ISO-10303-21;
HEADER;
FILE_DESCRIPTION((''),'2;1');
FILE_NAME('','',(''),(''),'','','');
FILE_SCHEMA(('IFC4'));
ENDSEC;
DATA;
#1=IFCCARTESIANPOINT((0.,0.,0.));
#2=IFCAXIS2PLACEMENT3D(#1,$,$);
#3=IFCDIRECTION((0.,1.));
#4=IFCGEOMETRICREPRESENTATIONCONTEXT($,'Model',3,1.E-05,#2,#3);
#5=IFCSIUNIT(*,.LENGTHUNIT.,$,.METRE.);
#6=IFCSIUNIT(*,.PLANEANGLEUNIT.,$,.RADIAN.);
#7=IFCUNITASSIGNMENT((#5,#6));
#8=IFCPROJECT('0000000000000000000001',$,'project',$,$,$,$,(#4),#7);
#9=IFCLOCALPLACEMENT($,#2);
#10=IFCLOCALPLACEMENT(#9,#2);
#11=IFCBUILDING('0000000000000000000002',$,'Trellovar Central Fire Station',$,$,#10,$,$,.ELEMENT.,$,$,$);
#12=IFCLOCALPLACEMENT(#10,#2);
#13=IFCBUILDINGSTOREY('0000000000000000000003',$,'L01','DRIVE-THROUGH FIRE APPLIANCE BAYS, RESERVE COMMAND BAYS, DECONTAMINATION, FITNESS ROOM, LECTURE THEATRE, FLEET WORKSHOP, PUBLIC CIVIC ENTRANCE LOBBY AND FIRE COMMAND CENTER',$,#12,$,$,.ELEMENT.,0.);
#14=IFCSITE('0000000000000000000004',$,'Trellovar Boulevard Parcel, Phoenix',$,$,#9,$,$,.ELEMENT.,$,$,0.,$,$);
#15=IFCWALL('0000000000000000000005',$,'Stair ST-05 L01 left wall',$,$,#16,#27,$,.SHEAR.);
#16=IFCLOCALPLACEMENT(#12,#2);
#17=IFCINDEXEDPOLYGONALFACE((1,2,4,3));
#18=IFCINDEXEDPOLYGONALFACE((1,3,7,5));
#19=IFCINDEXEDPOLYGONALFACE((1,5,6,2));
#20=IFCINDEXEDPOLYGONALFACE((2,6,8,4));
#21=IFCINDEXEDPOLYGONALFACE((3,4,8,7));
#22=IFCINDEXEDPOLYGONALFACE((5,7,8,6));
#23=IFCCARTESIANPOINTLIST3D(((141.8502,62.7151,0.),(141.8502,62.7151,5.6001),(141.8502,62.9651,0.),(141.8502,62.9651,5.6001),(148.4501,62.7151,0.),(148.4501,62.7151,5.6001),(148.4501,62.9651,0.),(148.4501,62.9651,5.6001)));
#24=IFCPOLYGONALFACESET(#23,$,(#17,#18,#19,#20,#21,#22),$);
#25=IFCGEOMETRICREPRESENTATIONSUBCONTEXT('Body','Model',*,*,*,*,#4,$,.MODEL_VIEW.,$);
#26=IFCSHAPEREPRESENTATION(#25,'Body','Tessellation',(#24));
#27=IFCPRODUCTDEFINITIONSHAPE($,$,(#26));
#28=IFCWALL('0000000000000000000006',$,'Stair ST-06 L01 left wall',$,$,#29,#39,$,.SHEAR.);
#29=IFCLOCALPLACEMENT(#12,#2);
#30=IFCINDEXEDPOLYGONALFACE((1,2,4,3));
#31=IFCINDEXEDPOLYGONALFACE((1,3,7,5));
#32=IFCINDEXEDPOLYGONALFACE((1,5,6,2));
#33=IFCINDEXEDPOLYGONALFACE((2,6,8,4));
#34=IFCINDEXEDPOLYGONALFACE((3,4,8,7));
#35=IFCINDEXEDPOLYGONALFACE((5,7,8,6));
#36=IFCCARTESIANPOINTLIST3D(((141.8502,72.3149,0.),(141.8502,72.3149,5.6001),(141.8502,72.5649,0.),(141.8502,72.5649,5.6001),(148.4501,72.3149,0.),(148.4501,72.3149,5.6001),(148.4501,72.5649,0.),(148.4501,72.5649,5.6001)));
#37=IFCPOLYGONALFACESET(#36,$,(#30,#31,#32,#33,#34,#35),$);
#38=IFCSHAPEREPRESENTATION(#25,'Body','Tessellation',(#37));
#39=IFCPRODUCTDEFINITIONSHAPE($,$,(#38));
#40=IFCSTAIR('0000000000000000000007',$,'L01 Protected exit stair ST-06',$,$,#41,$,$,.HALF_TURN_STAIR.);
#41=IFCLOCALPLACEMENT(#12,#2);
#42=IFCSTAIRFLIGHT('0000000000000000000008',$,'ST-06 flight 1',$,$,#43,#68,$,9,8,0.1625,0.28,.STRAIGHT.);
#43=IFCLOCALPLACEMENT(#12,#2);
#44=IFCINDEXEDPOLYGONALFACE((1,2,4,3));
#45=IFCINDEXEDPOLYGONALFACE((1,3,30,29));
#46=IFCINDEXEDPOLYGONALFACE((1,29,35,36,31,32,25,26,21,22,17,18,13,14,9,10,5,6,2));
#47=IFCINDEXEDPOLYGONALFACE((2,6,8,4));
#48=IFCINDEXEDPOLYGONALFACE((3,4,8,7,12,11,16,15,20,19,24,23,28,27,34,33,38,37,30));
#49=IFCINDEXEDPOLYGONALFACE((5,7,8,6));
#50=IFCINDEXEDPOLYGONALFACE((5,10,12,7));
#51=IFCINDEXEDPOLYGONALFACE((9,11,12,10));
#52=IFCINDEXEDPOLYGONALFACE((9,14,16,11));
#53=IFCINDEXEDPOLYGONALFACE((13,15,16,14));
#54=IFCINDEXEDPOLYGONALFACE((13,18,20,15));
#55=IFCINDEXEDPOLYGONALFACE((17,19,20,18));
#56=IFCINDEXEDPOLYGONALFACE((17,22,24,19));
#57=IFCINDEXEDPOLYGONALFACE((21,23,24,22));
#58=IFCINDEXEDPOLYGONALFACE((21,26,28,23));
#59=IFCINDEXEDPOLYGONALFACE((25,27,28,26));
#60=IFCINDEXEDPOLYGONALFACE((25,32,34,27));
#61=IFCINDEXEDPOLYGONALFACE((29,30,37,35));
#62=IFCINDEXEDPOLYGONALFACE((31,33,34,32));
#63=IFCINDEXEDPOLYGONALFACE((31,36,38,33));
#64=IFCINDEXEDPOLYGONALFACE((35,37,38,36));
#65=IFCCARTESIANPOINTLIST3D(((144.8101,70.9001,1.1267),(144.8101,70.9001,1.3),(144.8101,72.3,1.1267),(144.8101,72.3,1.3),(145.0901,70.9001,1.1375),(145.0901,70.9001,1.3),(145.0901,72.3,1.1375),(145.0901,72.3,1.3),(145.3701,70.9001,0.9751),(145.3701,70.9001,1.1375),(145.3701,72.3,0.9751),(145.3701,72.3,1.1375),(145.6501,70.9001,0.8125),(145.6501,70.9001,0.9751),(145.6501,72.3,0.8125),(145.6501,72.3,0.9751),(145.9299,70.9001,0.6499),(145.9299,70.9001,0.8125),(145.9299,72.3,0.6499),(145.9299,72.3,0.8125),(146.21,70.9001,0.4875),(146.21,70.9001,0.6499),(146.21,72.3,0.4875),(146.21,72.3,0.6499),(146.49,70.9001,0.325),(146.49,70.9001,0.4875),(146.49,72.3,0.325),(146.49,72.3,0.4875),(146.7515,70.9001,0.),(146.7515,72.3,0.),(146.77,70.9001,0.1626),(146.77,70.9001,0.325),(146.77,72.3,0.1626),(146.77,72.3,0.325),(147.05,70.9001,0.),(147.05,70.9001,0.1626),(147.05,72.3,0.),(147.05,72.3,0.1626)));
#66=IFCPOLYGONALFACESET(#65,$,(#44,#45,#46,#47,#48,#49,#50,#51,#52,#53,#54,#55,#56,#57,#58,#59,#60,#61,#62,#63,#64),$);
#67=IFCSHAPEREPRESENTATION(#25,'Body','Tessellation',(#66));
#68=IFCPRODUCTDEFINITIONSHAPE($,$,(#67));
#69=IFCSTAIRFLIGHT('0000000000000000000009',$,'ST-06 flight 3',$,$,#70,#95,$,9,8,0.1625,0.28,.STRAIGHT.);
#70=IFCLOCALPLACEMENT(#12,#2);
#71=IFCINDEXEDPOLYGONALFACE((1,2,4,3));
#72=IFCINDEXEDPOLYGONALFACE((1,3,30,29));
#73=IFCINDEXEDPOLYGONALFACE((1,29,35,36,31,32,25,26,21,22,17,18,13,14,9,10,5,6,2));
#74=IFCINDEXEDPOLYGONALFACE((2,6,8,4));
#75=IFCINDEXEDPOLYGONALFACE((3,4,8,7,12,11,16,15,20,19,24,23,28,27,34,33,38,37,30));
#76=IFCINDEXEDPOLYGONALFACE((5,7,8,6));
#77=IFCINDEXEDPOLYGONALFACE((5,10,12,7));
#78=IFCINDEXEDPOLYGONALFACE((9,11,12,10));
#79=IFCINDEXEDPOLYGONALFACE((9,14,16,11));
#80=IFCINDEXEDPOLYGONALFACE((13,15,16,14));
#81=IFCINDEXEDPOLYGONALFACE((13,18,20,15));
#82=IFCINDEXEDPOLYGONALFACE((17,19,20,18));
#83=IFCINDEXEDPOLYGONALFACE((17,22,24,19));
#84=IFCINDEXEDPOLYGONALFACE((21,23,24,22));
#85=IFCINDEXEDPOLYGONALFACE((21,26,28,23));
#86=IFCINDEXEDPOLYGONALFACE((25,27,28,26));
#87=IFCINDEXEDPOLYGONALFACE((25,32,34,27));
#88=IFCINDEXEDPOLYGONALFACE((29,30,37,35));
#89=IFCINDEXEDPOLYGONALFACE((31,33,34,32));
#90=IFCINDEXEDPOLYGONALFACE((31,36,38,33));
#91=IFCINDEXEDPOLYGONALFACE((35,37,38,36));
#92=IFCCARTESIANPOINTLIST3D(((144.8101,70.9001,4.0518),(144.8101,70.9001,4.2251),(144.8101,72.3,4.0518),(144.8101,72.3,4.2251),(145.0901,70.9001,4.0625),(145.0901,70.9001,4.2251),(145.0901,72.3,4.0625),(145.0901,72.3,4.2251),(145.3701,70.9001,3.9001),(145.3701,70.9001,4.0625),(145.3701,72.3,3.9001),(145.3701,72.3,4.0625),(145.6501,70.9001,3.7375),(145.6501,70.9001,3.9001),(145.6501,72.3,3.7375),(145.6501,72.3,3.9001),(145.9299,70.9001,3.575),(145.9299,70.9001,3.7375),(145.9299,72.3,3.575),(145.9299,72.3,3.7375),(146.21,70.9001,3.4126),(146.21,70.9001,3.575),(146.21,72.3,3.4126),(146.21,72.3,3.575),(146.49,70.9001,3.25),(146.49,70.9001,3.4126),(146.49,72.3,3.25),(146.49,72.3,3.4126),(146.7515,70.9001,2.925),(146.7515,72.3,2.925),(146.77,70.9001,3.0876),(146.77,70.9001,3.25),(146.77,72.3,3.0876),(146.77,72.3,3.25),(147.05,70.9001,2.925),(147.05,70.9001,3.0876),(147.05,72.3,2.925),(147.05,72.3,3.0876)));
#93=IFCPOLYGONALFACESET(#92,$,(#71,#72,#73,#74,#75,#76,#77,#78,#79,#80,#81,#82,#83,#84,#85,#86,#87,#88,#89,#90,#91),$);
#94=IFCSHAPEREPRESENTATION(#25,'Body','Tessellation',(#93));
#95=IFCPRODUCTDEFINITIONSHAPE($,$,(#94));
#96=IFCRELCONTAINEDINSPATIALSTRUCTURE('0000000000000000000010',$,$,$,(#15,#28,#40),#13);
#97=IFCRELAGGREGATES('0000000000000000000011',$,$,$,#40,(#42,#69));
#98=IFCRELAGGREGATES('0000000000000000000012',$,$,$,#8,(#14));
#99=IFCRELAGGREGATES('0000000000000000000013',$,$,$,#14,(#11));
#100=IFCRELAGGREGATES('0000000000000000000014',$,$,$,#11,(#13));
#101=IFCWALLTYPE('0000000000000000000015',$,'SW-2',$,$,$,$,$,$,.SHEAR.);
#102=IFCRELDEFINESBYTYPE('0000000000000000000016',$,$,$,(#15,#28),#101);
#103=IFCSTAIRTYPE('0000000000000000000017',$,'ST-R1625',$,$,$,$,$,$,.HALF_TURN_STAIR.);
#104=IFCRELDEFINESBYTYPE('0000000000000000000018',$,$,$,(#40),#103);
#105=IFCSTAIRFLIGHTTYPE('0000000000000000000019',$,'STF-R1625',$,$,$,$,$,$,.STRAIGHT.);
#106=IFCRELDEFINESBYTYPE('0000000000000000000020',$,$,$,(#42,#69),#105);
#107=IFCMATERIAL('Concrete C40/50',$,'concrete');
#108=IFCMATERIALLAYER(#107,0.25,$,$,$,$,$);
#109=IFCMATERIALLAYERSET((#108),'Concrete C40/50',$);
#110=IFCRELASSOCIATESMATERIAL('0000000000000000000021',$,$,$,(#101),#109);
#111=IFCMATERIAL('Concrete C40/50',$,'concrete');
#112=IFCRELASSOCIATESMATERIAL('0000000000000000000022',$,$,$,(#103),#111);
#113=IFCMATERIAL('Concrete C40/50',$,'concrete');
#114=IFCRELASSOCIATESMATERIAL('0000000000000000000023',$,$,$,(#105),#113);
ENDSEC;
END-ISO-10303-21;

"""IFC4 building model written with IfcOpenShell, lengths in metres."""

from ifc_helpers import new_model, si_unit, direction, frame, frame_2d, origin, place, context, subcontext, project, spatial, polyline, rectangle, outline, extrude, material, layer, layer_set, type_object, element, aggregate, save


model = new_model("IFC4")

# Units and contexts
model_context = context("Model", 3, precision=1e-05, world=origin(), true_north=direction((0.0, 1.0)))
body_context = subcontext(model_context, "Body", "Model", "MODEL_VIEW")
ifc_project = project(units=[si_unit("LENGTHUNIT", "METRE"), si_unit("PLANEANGLEUNIT", "RADIAN")], contexts=[model_context])

# Site, building, storey
site_placement = place(None, origin())
site = spatial("IfcSite", under=ifc_project, at=site_placement, Name="Trellovar Boulevard Parcel, Phoenix", CompositionType="ELEMENT", RefElevation=0.0)
building_placement = place(site_placement, origin())
building = spatial("IfcBuilding", under=site, at=building_placement, Name="Trellovar Central Fire Station", CompositionType="ELEMENT")
storey_placement = place(building_placement, origin())
storey = spatial("IfcBuildingStorey", under=building, at=storey_placement, Name="L01", Description="DRIVE-THROUGH FIRE APPLIANCE BAYS, RESERVE COMMAND BAYS, DECONTAMINATION, FITNESS ROOM, LECTURE THEATRE, FLEET WORKSHOP, PUBLIC CIVIC ENTRANCE LOBBY AND FIRE COMMAND CENTER", CompositionType="ELEMENT", Elevation=0.0)

# Walls
ifc_material_1 = material(Name="Concrete C40/50", Category="concrete")
ifc_layer_1 = layer(ifc_material_1, 0.25)
ifc_layer_set_1 = layer_set([ifc_layer_1], Name="Concrete C40/50")
wall_type_1 = type_object("IfcWallType", Name="SW-2", PredefinedType="SHEAR", material=ifc_layer_set_1)
for number, where, z_axis, x_axis, name in (
    (1, (148.45, 62.8401, 0.0), (0.0, 0.0, 1.0), (-1.0, 0.0, 0.0), "Stair ST-05 L01 left wall"),
    (2, (148.45, 72.4399, 0.0), (0.0, 0.0, 1.0), (-1.0, 0.0, 0.0), "Stair ST-06 L01 left wall"),
):
    element("IfcWall", number, at=place(storey_placement, frame(where, z_axis=z_axis, x_axis=x_axis)), inside=storey, type_object=wall_type_1, Name=name, PredefinedType="SHEAR", context=body_context, shape_type="SweptSolid", body=[
        extrude(rectangle(XDim=6.5999, YDim=0.25, at=frame_2d((3.2998, 0.0))), origin(), (0.0, 0.0, 1.0), 5.6001),
    ])

# Stair, stair flights
ifc_material_2 = material(Name="Concrete C40/50", Category="concrete")
stair_type = type_object("IfcStairType", Name="ST-R1625", PredefinedType="HALF_TURN_STAIR", material=ifc_material_2)
stair_placement = place(storey_placement, origin())
stair = element("IfcStair", 3, at=stair_placement, inside=storey, type_object=stair_type, Name="L01 Protected exit stair ST-06", PredefinedType="HALF_TURN_STAIR")
ifc_material_3 = material(Name="Concrete C40/50", Category="concrete")
stair_flight_type = type_object("IfcStairFlightType", Name="STF-R1625", PredefinedType="STRAIGHT", material=ifc_material_3)
stair_flight_1_placement = place(storey_placement, frame((147.05, 71.6001, 0.0), z_axis=(0.0, 0.0, 1.0), x_axis=(-1.0, 0.0, 0.0)))
stair_flight_1 = element("IfcStairFlight", 4, at=stair_flight_1_placement, type_object=stair_flight_type, Name="ST-06 flight 1", NumberOfRisers=9, NumberOfTreads=8, PredefinedType="STRAIGHT", RiserHeight=0.1625, TreadLength=0.28, context=body_context, shape_type="SweptSolid", body=[
    extrude(outline(polyline([(0.0, 0.0), (0.0, 0.1626), (0.28, 0.1626), (0.28, 0.325), (0.5601, 0.325), (0.5601, 0.4875), (0.8401, 0.4875), (0.8401, 0.6499), (1.1201, 0.6499), (1.1201, 0.8125), (1.3999, 0.8125), (1.3999, 0.9751), (1.6799, 0.9751), (1.6799, 1.1375), (1.96, 1.1375), (1.96, 1.3), (2.24, 1.3), (2.24, 1.4624), (2.24, 1.1267), (0.2986, 0.0), (0.0, 0.0)])), frame((0.0, 0.7, 0.0), z_axis=(0.0, -1.0, 0.0), x_axis=(1.0, 0.0, 0.0)), (0.0, 0.0, 1.0), 1.3999),
])
stair_flight_2_placement = place(storey_placement, frame((147.05, 71.6001, 2.925), z_axis=(0.0, 0.0, 1.0), x_axis=(-1.0, 0.0, 0.0)))
stair_flight_2 = element("IfcStairFlight", 5, at=stair_flight_2_placement, type_object=stair_flight_type, Name="ST-06 flight 3", NumberOfRisers=9, NumberOfTreads=8, PredefinedType="STRAIGHT", RiserHeight=0.1625, TreadLength=0.28, context=body_context, shape_type="SweptSolid", body=[
    extrude(outline(polyline([(0.0, 0.0), (0.0, 0.1626), (0.28, 0.1626), (0.28, 0.325), (0.5601, 0.325), (0.5601, 0.4875), (0.8401, 0.4875), (0.8401, 0.6499), (1.1201, 0.6499), (1.1201, 0.8125), (1.3999, 0.8125), (1.3999, 0.9751), (1.6799, 0.9751), (1.6799, 1.1375), (1.96, 1.1375), (1.96, 1.3), (2.24, 1.3), (2.24, 1.4624), (2.24, 1.1267), (0.2986, 0.0), (0.0, 0.0)])), frame((0.0, 0.7, 0.0), z_axis=(0.0, -1.0, 0.0), x_axis=(1.0, 0.0, 0.0)), (0.0, 0.0, 1.0), 1.3999),
])
aggregate(stair, [stair_flight_1, stair_flight_2])

save(model, "model.ifc")
